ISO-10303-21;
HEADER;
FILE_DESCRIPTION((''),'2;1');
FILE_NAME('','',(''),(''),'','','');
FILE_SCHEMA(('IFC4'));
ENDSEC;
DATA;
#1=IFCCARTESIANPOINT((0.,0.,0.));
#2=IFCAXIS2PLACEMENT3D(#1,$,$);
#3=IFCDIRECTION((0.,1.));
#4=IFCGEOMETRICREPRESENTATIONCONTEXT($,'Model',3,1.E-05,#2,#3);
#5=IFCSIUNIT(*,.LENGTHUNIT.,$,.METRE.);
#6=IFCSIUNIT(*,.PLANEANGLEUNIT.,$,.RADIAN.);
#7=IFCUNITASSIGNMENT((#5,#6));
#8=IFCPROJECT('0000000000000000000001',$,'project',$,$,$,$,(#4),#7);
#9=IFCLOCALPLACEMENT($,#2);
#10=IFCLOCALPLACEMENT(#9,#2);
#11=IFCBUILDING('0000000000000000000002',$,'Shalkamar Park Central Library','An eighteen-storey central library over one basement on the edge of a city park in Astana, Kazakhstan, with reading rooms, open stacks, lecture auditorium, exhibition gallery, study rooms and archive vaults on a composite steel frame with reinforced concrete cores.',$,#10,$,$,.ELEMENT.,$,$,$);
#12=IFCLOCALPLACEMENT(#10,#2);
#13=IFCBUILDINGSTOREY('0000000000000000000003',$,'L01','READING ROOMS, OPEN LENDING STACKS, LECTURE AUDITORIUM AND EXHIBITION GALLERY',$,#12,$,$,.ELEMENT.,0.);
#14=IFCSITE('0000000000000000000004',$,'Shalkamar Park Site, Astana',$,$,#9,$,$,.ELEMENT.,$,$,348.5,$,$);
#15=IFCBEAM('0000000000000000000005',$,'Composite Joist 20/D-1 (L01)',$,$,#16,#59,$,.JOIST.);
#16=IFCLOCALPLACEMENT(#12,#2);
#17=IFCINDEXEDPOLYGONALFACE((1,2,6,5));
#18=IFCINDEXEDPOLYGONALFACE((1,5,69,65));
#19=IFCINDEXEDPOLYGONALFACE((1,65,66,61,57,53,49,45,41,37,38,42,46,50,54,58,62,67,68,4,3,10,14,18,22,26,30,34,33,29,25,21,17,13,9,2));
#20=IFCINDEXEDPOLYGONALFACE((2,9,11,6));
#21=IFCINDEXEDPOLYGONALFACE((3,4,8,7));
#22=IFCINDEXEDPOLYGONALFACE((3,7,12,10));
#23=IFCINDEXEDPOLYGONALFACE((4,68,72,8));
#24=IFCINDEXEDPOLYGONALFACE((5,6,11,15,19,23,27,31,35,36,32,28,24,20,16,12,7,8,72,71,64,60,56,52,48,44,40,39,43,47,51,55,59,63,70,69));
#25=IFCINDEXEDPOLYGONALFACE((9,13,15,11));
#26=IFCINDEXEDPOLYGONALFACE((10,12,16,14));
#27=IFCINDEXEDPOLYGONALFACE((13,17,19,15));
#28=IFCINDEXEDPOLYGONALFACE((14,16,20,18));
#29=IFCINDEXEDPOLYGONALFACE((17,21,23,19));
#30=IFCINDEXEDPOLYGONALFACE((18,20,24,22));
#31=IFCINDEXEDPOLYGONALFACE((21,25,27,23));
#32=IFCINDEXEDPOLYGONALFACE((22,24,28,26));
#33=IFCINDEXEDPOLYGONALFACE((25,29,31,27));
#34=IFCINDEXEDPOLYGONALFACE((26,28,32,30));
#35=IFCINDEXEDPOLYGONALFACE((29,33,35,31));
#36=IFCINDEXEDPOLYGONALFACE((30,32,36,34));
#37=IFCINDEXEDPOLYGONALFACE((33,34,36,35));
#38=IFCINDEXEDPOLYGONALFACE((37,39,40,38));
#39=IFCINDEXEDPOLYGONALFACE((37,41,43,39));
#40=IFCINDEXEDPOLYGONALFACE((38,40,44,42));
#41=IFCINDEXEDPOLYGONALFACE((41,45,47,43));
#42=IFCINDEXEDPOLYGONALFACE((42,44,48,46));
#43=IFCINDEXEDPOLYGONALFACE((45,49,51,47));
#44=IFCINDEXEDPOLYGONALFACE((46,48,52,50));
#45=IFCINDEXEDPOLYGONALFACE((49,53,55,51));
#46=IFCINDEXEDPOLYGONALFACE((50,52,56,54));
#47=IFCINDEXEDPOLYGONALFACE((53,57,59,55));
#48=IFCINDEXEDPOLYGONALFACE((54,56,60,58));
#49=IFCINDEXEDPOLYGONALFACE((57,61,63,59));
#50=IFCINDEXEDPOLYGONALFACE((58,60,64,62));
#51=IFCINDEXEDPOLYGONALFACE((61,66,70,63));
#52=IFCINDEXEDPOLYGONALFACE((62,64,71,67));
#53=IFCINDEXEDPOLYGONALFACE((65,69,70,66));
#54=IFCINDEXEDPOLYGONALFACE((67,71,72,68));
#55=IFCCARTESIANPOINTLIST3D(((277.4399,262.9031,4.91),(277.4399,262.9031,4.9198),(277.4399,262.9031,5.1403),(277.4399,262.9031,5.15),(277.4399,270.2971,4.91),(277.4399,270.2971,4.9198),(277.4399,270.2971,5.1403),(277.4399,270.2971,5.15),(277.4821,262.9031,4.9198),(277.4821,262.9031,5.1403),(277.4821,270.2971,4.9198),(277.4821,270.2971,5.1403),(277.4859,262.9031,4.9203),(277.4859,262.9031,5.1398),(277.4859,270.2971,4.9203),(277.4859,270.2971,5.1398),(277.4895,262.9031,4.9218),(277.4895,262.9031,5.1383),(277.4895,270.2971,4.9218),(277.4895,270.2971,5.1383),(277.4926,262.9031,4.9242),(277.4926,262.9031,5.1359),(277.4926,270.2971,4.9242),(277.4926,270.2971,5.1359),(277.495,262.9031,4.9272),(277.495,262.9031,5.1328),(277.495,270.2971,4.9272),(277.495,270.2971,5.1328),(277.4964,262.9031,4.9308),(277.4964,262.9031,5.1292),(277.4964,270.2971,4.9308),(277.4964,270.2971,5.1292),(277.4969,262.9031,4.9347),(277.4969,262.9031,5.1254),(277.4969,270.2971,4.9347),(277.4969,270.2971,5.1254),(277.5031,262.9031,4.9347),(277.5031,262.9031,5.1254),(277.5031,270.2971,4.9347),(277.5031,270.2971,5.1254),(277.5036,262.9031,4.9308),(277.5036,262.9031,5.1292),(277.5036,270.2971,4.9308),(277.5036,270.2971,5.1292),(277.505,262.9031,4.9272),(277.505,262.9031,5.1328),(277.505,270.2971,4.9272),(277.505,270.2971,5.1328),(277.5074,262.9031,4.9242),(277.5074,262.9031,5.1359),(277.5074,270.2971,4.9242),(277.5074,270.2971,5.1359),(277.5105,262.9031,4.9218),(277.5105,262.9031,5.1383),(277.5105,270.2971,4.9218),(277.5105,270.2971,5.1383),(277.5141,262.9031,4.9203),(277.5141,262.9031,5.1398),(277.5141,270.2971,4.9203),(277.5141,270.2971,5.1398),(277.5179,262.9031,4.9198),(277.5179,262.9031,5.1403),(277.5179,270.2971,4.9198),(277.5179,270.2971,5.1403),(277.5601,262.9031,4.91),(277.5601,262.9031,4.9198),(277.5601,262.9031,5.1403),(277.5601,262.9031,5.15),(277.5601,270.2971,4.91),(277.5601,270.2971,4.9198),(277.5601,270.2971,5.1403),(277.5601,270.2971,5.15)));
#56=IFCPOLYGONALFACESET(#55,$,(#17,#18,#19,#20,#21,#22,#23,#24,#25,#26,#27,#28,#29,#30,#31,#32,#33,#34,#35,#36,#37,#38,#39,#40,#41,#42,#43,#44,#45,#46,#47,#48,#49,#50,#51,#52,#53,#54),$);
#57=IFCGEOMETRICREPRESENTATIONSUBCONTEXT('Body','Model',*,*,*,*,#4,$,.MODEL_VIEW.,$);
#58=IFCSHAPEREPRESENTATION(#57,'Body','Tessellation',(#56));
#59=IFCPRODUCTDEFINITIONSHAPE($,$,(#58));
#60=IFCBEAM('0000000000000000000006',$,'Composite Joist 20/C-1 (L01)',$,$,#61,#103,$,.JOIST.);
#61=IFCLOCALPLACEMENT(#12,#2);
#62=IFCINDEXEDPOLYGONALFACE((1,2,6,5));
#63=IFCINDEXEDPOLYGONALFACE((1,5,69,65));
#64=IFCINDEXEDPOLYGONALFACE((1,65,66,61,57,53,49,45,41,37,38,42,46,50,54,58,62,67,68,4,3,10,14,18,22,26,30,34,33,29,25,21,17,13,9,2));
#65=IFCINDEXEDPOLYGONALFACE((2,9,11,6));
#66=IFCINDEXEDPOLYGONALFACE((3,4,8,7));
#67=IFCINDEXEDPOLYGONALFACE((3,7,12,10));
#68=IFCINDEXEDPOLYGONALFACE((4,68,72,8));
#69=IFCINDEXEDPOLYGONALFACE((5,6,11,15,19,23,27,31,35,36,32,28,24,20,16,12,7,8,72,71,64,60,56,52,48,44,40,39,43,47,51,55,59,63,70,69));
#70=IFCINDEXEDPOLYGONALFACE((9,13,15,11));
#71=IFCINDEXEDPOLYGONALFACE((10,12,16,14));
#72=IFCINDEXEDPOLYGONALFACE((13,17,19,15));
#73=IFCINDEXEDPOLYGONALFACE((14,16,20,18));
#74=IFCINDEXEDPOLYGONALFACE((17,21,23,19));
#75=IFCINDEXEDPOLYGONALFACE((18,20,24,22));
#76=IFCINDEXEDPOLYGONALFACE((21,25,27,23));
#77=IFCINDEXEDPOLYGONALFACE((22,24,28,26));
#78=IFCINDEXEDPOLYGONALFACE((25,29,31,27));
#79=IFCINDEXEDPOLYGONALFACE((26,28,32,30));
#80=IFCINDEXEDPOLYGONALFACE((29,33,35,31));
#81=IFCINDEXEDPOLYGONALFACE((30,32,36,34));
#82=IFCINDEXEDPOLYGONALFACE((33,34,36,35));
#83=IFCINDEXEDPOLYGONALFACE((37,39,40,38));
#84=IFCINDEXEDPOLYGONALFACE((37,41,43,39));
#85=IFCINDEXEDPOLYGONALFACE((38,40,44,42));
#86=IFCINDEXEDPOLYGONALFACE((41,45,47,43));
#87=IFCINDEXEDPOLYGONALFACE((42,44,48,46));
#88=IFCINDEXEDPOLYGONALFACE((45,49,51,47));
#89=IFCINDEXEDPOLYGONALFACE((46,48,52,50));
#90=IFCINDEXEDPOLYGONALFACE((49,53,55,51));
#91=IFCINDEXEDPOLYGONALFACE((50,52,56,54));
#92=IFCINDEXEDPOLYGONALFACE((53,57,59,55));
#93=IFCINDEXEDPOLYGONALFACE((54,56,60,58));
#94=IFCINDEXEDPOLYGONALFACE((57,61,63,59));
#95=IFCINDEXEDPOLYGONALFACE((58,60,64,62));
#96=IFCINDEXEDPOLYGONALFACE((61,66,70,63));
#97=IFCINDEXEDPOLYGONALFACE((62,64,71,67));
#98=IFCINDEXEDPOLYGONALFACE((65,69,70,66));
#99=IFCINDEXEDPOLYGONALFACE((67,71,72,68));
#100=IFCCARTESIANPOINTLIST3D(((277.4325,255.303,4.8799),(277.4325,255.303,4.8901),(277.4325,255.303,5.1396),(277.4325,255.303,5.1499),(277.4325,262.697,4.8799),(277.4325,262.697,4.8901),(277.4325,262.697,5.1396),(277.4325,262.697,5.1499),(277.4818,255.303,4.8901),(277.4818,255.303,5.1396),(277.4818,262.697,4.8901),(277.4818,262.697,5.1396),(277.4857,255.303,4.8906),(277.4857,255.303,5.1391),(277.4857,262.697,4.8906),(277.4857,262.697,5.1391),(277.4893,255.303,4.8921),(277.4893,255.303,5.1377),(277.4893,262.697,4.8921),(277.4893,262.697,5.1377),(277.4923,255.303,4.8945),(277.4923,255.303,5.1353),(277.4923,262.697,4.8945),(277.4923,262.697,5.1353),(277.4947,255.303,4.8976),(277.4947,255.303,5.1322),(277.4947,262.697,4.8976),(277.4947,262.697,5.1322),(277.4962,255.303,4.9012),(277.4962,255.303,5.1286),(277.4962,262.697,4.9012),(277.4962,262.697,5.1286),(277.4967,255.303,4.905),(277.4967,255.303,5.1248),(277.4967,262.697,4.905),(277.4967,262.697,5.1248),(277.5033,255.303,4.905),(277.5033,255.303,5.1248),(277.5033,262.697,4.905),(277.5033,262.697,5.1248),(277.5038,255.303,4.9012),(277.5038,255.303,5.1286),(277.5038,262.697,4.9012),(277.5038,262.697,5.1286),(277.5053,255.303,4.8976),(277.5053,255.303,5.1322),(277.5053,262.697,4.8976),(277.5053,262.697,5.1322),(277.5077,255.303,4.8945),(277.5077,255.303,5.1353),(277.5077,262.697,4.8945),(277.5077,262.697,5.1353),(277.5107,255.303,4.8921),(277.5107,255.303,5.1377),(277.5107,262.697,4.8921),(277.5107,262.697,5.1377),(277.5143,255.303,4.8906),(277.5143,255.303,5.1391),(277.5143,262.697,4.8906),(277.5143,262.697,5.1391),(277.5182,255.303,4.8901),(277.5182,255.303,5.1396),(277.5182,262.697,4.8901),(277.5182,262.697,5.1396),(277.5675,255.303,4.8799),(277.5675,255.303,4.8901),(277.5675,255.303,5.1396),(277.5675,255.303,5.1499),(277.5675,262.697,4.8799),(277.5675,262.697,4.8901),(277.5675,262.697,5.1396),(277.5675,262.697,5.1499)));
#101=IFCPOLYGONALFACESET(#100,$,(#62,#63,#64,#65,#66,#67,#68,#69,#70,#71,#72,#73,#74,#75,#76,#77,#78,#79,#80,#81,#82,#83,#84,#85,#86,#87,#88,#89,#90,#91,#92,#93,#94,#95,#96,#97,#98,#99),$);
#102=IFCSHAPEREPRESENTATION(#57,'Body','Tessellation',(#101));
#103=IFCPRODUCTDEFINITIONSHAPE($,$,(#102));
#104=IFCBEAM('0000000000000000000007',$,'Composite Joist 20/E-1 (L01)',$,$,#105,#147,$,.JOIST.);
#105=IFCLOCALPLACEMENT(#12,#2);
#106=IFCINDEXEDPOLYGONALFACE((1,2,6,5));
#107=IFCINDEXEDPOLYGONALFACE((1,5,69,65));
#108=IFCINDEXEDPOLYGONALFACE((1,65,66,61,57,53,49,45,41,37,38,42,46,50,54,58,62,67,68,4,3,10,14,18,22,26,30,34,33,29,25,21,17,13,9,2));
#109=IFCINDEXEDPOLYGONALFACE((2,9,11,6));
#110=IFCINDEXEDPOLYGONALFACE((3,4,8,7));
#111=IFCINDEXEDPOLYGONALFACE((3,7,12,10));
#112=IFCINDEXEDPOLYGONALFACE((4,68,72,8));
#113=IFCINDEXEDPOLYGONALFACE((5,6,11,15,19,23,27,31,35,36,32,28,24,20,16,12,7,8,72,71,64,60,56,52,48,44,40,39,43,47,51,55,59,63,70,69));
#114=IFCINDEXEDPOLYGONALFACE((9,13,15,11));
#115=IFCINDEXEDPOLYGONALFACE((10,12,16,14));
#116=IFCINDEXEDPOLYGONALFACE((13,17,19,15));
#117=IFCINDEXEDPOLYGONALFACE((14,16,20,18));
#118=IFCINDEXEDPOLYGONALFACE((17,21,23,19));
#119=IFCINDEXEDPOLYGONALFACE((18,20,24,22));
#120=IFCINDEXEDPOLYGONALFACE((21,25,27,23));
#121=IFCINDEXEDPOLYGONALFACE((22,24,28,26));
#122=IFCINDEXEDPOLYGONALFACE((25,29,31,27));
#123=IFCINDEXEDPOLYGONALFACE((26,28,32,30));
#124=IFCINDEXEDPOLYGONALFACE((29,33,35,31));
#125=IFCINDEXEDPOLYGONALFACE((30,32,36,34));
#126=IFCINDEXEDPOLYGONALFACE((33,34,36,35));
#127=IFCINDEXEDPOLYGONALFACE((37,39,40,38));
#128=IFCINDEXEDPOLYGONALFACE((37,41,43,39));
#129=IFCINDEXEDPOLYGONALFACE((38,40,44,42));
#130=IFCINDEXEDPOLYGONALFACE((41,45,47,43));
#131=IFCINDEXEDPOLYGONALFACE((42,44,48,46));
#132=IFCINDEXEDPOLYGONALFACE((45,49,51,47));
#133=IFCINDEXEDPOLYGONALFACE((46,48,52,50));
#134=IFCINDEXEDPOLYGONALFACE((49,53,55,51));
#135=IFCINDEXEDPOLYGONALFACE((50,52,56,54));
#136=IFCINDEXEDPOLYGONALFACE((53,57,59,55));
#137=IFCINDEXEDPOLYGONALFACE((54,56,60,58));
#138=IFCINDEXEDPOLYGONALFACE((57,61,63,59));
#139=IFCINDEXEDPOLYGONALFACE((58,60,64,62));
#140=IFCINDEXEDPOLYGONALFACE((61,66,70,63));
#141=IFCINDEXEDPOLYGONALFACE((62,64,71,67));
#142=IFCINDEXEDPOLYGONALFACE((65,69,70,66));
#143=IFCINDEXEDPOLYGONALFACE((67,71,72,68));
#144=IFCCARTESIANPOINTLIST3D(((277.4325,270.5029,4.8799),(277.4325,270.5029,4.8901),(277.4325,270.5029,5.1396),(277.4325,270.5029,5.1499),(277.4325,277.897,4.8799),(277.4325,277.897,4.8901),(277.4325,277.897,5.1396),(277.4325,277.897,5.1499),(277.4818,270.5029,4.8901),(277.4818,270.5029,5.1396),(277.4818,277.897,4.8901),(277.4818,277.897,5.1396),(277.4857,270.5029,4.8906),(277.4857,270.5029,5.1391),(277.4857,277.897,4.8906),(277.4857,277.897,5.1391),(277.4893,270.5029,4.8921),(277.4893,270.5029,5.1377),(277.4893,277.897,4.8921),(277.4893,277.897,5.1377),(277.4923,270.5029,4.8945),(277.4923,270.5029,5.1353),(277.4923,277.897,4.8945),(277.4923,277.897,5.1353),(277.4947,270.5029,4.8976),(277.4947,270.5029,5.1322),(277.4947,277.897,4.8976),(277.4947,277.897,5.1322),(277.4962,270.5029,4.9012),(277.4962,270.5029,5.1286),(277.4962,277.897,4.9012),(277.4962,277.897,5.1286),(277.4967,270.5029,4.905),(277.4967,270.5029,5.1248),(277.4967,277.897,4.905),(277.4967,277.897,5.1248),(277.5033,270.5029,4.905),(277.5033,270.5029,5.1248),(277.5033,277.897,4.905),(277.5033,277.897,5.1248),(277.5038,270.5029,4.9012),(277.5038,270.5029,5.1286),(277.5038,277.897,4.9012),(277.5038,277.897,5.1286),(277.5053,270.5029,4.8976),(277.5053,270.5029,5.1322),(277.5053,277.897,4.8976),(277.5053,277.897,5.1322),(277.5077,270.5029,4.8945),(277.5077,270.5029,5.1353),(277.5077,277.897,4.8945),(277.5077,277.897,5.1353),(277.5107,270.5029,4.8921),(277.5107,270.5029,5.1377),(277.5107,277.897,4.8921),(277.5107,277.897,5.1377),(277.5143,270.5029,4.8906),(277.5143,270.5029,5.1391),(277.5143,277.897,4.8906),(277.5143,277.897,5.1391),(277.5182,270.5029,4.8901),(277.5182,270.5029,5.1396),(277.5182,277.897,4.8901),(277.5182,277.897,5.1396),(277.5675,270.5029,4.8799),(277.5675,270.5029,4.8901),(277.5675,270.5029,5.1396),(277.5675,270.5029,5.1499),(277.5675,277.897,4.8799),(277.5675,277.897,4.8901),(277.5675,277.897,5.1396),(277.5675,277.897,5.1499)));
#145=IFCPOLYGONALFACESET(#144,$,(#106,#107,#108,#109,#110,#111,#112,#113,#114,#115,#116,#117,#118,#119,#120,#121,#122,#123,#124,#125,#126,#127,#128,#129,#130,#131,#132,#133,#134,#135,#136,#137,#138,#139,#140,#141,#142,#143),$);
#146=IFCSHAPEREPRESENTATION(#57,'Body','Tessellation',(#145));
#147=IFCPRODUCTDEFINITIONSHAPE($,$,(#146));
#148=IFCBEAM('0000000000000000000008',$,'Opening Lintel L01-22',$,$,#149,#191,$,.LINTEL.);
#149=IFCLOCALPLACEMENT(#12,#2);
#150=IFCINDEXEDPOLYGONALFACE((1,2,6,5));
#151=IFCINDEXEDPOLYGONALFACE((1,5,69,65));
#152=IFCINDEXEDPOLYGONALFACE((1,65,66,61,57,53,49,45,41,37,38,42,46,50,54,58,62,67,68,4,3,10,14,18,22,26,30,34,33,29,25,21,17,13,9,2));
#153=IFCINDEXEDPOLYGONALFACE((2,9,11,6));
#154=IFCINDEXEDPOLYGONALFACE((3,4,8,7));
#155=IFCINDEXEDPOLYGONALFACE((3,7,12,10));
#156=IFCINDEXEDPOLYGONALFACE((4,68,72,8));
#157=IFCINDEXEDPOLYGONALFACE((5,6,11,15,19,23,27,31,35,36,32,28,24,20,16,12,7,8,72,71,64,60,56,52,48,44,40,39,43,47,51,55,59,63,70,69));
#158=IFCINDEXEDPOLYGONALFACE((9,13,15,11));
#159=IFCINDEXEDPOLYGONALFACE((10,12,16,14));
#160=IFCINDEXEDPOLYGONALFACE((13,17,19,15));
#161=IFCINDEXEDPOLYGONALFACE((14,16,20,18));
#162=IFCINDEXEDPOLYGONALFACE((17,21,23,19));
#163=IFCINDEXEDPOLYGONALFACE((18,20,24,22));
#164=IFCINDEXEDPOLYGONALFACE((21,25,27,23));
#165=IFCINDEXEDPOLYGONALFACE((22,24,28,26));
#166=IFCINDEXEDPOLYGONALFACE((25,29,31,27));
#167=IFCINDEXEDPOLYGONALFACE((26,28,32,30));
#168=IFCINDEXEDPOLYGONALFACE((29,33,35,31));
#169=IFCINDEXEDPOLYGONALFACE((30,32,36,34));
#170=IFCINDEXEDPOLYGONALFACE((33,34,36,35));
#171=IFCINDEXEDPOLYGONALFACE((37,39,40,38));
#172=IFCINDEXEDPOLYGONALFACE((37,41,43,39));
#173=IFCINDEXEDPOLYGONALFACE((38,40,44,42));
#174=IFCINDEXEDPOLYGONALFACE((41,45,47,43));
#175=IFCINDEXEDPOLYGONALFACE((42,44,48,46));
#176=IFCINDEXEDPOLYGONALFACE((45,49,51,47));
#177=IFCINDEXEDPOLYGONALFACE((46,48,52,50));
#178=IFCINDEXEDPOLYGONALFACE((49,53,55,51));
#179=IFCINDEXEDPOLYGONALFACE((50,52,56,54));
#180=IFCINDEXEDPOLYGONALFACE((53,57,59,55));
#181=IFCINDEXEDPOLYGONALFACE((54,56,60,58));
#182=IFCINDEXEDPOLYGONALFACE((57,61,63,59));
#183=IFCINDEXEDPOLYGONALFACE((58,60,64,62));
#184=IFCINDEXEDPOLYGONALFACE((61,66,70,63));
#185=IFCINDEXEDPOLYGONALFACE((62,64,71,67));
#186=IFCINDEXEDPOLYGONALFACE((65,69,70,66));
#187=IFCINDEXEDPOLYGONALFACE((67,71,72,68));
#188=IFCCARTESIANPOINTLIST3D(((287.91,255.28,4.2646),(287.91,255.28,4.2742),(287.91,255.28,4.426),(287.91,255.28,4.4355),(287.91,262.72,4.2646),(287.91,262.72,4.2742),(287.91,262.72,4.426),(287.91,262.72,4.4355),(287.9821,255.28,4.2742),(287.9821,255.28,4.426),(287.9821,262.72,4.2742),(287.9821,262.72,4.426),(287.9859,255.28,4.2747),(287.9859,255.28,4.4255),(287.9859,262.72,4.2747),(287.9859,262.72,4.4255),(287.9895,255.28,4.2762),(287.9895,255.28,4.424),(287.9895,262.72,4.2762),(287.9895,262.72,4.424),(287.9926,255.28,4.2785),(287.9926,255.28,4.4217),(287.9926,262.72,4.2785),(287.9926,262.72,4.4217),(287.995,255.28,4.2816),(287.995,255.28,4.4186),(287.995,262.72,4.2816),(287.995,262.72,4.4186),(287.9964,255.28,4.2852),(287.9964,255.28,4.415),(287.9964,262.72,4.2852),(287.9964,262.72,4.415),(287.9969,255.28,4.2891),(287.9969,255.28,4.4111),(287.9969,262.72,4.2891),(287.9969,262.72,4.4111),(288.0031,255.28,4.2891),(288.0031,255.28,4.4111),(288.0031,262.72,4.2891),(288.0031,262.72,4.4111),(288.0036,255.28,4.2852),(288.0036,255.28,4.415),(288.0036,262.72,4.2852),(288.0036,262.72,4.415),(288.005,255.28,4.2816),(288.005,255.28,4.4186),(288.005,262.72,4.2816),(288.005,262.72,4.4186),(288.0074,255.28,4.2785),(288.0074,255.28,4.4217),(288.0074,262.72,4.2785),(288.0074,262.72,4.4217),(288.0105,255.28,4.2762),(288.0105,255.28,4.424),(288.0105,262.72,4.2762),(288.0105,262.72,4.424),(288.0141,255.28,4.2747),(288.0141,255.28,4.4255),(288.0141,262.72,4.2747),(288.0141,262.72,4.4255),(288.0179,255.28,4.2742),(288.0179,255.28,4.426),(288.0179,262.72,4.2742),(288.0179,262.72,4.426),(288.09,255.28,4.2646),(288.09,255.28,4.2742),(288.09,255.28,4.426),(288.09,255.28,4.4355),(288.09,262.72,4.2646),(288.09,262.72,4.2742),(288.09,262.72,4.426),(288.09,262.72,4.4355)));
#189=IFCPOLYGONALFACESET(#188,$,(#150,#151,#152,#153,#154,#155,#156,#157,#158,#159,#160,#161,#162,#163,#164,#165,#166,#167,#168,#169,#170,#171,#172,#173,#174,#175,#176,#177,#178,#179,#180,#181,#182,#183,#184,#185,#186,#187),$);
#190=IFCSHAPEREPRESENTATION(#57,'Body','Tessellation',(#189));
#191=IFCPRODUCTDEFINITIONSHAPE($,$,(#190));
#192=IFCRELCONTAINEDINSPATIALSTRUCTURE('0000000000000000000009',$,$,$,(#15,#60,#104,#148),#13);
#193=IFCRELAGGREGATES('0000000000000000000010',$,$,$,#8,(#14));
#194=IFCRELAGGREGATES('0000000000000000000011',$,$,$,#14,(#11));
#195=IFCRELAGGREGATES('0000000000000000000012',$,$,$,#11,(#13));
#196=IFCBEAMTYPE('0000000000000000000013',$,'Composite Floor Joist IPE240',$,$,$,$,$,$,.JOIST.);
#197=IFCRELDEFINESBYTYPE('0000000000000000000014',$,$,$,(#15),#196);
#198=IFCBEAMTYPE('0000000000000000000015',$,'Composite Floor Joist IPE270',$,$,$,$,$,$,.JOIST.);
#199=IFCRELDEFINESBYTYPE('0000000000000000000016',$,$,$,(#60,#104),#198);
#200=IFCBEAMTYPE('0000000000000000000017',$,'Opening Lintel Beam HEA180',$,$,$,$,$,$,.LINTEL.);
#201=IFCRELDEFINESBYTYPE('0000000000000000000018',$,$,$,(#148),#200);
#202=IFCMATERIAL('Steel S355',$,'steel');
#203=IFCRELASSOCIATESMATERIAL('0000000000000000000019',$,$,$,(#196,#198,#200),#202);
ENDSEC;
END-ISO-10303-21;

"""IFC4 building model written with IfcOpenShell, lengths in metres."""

from ifc_helpers import new_model, si_unit, direction, frame, origin, origin_2d, place, context, subcontext, project, spatial, i_section, extrude, material, material_profile, profile_set, type_object, element, save


model = new_model("IFC4")

# Units and contexts
model_context = context("Model", 3, precision=1e-05, world=origin(), true_north=direction((0.0, 1.0)))
body_context = subcontext(model_context, "Body", "Model", "MODEL_VIEW")
ifc_project = project(units=[si_unit("LENGTHUNIT", "METRE"), si_unit("PLANEANGLEUNIT", "RADIAN")], contexts=[model_context])

# Site, building, storey
site_placement = place(None, origin())
site = spatial("IfcSite", under=ifc_project, at=site_placement, Name="Shalkamar Park Site, Astana", CompositionType="ELEMENT", RefElevation=348.5)
building_placement = place(site_placement, origin())
building = spatial("IfcBuilding", under=site, at=building_placement, Name="Shalkamar Park Central Library", Description="An eighteen-storey central library over one basement on the edge of a city park in Astana, Kazakhstan, with reading rooms, open stacks, lecture auditorium, exhibition gallery, study rooms and archive vaults on a composite steel frame with reinforced concrete cores.", CompositionType="ELEMENT")
storey_placement = place(building_placement, origin())
storey = spatial("IfcBuildingStorey", under=building, at=storey_placement, Name="L01", Description="READING ROOMS, OPEN LENDING STACKS, LECTURE AUDITORIUM AND EXHIBITION GALLERY", CompositionType="ELEMENT", Elevation=0.0)

# Shared definitions
ifc_material_1 = material(Name="Steel S355", Category="steel")

# Beams
ifc_material_profile_1 = material_profile(ifc_material_1, i_section(OverallWidth=0.1201, OverallDepth=0.24, WebThickness=0.0061, FlangeThickness=0.0098, FilletRadius=0.0149, at=origin_2d()), Name="IPE 240")
ifc_profile_set_1 = profile_set([ifc_material_profile_1], Name="Steel S355")
beam_type_1 = type_object("IfcBeamType", Name="Composite Floor Joist IPE240", PredefinedType="JOIST", material=ifc_profile_set_1)
beam_1_placement = place(storey_placement, frame((277.5, 262.9031, 5.03), z_axis=(0.0, 1.0, 0.0), x_axis=(-1.0, 0.0, 0.0)))
element("IfcBeam", 1, at=beam_1_placement, inside=storey, type_object=beam_type_1, Name="Composite Joist 20/D-1 (L01)", PredefinedType="JOIST", context=body_context, shape_type="SweptSolid", body=[
    extrude(i_section(OverallWidth=0.1201, OverallDepth=0.24, WebThickness=0.0061, FlangeThickness=0.0098, FilletRadius=0.0149, at=origin_2d()), origin(), (0.0, 0.0, 1.0), 7.394),
])
ifc_material_profile_2 = material_profile(ifc_material_1, i_section(OverallWidth=0.135, OverallDepth=0.27, WebThickness=0.0066, FlangeThickness=0.0103, FilletRadius=0.0149, at=origin_2d()), Name="IPE 270")
ifc_profile_set_2 = profile_set([ifc_material_profile_2], Name="Steel S355")
beam_type_2 = type_object("IfcBeamType", Name="Composite Floor Joist IPE270", PredefinedType="JOIST", material=ifc_profile_set_2)
for number, where, z_axis, x_axis, name in (
    (2, (277.5, 255.303, 5.0149), (0.0, 1.0, 0.0), (-1.0, 0.0, 0.0), "Composite Joist 20/C-1 (L01)"),
    (3, (277.5, 270.5029, 5.0149), (0.0, 1.0, 0.0), (-1.0, 0.0, 0.0), "Composite Joist 20/E-1 (L01)"),
):
    element("IfcBeam", number, at=place(storey_placement, frame(where, z_axis=z_axis, x_axis=x_axis)), inside=storey, type_object=beam_type_2, Name=name, PredefinedType="JOIST", context=body_context, shape_type="SweptSolid", body=[
        extrude(i_section(OverallWidth=0.135, OverallDepth=0.27, WebThickness=0.0066, FlangeThickness=0.0103, FilletRadius=0.0149, at=origin_2d()), origin(), (0.0, 0.0, 1.0), 7.394),
    ])
ifc_material_profile_3 = material_profile(ifc_material_1, i_section(OverallWidth=0.1799, OverallDepth=0.1709, WebThickness=0.0061, FlangeThickness=0.0095, FilletRadius=0.0149, at=origin_2d()), Name="HEA 180")
ifc_profile_set_3 = profile_set([ifc_material_profile_3], Name="Steel S355")
beam_type_3 = type_object("IfcBeamType", Name="Opening Lintel Beam HEA180", PredefinedType="LINTEL", material=ifc_profile_set_3)
beam_2_placement = place(storey_placement, frame((288.0, 255.28, 4.3501), z_axis=(0.0, 1.0, 0.0), x_axis=(-1.0, 0.0, 0.0)))
element("IfcBeam", 4, at=beam_2_placement, inside=storey, type_object=beam_type_3, Name="Opening Lintel L01-22", PredefinedType="LINTEL", context=body_context, shape_type="SweptSolid", body=[
    extrude(i_section(OverallWidth=0.1799, OverallDepth=0.1709, WebThickness=0.0061, FlangeThickness=0.0095, FilletRadius=0.0149, at=origin_2d()), origin(), (0.0, 0.0, 1.0), 7.4399),
])

save(model, "model.ifc")
